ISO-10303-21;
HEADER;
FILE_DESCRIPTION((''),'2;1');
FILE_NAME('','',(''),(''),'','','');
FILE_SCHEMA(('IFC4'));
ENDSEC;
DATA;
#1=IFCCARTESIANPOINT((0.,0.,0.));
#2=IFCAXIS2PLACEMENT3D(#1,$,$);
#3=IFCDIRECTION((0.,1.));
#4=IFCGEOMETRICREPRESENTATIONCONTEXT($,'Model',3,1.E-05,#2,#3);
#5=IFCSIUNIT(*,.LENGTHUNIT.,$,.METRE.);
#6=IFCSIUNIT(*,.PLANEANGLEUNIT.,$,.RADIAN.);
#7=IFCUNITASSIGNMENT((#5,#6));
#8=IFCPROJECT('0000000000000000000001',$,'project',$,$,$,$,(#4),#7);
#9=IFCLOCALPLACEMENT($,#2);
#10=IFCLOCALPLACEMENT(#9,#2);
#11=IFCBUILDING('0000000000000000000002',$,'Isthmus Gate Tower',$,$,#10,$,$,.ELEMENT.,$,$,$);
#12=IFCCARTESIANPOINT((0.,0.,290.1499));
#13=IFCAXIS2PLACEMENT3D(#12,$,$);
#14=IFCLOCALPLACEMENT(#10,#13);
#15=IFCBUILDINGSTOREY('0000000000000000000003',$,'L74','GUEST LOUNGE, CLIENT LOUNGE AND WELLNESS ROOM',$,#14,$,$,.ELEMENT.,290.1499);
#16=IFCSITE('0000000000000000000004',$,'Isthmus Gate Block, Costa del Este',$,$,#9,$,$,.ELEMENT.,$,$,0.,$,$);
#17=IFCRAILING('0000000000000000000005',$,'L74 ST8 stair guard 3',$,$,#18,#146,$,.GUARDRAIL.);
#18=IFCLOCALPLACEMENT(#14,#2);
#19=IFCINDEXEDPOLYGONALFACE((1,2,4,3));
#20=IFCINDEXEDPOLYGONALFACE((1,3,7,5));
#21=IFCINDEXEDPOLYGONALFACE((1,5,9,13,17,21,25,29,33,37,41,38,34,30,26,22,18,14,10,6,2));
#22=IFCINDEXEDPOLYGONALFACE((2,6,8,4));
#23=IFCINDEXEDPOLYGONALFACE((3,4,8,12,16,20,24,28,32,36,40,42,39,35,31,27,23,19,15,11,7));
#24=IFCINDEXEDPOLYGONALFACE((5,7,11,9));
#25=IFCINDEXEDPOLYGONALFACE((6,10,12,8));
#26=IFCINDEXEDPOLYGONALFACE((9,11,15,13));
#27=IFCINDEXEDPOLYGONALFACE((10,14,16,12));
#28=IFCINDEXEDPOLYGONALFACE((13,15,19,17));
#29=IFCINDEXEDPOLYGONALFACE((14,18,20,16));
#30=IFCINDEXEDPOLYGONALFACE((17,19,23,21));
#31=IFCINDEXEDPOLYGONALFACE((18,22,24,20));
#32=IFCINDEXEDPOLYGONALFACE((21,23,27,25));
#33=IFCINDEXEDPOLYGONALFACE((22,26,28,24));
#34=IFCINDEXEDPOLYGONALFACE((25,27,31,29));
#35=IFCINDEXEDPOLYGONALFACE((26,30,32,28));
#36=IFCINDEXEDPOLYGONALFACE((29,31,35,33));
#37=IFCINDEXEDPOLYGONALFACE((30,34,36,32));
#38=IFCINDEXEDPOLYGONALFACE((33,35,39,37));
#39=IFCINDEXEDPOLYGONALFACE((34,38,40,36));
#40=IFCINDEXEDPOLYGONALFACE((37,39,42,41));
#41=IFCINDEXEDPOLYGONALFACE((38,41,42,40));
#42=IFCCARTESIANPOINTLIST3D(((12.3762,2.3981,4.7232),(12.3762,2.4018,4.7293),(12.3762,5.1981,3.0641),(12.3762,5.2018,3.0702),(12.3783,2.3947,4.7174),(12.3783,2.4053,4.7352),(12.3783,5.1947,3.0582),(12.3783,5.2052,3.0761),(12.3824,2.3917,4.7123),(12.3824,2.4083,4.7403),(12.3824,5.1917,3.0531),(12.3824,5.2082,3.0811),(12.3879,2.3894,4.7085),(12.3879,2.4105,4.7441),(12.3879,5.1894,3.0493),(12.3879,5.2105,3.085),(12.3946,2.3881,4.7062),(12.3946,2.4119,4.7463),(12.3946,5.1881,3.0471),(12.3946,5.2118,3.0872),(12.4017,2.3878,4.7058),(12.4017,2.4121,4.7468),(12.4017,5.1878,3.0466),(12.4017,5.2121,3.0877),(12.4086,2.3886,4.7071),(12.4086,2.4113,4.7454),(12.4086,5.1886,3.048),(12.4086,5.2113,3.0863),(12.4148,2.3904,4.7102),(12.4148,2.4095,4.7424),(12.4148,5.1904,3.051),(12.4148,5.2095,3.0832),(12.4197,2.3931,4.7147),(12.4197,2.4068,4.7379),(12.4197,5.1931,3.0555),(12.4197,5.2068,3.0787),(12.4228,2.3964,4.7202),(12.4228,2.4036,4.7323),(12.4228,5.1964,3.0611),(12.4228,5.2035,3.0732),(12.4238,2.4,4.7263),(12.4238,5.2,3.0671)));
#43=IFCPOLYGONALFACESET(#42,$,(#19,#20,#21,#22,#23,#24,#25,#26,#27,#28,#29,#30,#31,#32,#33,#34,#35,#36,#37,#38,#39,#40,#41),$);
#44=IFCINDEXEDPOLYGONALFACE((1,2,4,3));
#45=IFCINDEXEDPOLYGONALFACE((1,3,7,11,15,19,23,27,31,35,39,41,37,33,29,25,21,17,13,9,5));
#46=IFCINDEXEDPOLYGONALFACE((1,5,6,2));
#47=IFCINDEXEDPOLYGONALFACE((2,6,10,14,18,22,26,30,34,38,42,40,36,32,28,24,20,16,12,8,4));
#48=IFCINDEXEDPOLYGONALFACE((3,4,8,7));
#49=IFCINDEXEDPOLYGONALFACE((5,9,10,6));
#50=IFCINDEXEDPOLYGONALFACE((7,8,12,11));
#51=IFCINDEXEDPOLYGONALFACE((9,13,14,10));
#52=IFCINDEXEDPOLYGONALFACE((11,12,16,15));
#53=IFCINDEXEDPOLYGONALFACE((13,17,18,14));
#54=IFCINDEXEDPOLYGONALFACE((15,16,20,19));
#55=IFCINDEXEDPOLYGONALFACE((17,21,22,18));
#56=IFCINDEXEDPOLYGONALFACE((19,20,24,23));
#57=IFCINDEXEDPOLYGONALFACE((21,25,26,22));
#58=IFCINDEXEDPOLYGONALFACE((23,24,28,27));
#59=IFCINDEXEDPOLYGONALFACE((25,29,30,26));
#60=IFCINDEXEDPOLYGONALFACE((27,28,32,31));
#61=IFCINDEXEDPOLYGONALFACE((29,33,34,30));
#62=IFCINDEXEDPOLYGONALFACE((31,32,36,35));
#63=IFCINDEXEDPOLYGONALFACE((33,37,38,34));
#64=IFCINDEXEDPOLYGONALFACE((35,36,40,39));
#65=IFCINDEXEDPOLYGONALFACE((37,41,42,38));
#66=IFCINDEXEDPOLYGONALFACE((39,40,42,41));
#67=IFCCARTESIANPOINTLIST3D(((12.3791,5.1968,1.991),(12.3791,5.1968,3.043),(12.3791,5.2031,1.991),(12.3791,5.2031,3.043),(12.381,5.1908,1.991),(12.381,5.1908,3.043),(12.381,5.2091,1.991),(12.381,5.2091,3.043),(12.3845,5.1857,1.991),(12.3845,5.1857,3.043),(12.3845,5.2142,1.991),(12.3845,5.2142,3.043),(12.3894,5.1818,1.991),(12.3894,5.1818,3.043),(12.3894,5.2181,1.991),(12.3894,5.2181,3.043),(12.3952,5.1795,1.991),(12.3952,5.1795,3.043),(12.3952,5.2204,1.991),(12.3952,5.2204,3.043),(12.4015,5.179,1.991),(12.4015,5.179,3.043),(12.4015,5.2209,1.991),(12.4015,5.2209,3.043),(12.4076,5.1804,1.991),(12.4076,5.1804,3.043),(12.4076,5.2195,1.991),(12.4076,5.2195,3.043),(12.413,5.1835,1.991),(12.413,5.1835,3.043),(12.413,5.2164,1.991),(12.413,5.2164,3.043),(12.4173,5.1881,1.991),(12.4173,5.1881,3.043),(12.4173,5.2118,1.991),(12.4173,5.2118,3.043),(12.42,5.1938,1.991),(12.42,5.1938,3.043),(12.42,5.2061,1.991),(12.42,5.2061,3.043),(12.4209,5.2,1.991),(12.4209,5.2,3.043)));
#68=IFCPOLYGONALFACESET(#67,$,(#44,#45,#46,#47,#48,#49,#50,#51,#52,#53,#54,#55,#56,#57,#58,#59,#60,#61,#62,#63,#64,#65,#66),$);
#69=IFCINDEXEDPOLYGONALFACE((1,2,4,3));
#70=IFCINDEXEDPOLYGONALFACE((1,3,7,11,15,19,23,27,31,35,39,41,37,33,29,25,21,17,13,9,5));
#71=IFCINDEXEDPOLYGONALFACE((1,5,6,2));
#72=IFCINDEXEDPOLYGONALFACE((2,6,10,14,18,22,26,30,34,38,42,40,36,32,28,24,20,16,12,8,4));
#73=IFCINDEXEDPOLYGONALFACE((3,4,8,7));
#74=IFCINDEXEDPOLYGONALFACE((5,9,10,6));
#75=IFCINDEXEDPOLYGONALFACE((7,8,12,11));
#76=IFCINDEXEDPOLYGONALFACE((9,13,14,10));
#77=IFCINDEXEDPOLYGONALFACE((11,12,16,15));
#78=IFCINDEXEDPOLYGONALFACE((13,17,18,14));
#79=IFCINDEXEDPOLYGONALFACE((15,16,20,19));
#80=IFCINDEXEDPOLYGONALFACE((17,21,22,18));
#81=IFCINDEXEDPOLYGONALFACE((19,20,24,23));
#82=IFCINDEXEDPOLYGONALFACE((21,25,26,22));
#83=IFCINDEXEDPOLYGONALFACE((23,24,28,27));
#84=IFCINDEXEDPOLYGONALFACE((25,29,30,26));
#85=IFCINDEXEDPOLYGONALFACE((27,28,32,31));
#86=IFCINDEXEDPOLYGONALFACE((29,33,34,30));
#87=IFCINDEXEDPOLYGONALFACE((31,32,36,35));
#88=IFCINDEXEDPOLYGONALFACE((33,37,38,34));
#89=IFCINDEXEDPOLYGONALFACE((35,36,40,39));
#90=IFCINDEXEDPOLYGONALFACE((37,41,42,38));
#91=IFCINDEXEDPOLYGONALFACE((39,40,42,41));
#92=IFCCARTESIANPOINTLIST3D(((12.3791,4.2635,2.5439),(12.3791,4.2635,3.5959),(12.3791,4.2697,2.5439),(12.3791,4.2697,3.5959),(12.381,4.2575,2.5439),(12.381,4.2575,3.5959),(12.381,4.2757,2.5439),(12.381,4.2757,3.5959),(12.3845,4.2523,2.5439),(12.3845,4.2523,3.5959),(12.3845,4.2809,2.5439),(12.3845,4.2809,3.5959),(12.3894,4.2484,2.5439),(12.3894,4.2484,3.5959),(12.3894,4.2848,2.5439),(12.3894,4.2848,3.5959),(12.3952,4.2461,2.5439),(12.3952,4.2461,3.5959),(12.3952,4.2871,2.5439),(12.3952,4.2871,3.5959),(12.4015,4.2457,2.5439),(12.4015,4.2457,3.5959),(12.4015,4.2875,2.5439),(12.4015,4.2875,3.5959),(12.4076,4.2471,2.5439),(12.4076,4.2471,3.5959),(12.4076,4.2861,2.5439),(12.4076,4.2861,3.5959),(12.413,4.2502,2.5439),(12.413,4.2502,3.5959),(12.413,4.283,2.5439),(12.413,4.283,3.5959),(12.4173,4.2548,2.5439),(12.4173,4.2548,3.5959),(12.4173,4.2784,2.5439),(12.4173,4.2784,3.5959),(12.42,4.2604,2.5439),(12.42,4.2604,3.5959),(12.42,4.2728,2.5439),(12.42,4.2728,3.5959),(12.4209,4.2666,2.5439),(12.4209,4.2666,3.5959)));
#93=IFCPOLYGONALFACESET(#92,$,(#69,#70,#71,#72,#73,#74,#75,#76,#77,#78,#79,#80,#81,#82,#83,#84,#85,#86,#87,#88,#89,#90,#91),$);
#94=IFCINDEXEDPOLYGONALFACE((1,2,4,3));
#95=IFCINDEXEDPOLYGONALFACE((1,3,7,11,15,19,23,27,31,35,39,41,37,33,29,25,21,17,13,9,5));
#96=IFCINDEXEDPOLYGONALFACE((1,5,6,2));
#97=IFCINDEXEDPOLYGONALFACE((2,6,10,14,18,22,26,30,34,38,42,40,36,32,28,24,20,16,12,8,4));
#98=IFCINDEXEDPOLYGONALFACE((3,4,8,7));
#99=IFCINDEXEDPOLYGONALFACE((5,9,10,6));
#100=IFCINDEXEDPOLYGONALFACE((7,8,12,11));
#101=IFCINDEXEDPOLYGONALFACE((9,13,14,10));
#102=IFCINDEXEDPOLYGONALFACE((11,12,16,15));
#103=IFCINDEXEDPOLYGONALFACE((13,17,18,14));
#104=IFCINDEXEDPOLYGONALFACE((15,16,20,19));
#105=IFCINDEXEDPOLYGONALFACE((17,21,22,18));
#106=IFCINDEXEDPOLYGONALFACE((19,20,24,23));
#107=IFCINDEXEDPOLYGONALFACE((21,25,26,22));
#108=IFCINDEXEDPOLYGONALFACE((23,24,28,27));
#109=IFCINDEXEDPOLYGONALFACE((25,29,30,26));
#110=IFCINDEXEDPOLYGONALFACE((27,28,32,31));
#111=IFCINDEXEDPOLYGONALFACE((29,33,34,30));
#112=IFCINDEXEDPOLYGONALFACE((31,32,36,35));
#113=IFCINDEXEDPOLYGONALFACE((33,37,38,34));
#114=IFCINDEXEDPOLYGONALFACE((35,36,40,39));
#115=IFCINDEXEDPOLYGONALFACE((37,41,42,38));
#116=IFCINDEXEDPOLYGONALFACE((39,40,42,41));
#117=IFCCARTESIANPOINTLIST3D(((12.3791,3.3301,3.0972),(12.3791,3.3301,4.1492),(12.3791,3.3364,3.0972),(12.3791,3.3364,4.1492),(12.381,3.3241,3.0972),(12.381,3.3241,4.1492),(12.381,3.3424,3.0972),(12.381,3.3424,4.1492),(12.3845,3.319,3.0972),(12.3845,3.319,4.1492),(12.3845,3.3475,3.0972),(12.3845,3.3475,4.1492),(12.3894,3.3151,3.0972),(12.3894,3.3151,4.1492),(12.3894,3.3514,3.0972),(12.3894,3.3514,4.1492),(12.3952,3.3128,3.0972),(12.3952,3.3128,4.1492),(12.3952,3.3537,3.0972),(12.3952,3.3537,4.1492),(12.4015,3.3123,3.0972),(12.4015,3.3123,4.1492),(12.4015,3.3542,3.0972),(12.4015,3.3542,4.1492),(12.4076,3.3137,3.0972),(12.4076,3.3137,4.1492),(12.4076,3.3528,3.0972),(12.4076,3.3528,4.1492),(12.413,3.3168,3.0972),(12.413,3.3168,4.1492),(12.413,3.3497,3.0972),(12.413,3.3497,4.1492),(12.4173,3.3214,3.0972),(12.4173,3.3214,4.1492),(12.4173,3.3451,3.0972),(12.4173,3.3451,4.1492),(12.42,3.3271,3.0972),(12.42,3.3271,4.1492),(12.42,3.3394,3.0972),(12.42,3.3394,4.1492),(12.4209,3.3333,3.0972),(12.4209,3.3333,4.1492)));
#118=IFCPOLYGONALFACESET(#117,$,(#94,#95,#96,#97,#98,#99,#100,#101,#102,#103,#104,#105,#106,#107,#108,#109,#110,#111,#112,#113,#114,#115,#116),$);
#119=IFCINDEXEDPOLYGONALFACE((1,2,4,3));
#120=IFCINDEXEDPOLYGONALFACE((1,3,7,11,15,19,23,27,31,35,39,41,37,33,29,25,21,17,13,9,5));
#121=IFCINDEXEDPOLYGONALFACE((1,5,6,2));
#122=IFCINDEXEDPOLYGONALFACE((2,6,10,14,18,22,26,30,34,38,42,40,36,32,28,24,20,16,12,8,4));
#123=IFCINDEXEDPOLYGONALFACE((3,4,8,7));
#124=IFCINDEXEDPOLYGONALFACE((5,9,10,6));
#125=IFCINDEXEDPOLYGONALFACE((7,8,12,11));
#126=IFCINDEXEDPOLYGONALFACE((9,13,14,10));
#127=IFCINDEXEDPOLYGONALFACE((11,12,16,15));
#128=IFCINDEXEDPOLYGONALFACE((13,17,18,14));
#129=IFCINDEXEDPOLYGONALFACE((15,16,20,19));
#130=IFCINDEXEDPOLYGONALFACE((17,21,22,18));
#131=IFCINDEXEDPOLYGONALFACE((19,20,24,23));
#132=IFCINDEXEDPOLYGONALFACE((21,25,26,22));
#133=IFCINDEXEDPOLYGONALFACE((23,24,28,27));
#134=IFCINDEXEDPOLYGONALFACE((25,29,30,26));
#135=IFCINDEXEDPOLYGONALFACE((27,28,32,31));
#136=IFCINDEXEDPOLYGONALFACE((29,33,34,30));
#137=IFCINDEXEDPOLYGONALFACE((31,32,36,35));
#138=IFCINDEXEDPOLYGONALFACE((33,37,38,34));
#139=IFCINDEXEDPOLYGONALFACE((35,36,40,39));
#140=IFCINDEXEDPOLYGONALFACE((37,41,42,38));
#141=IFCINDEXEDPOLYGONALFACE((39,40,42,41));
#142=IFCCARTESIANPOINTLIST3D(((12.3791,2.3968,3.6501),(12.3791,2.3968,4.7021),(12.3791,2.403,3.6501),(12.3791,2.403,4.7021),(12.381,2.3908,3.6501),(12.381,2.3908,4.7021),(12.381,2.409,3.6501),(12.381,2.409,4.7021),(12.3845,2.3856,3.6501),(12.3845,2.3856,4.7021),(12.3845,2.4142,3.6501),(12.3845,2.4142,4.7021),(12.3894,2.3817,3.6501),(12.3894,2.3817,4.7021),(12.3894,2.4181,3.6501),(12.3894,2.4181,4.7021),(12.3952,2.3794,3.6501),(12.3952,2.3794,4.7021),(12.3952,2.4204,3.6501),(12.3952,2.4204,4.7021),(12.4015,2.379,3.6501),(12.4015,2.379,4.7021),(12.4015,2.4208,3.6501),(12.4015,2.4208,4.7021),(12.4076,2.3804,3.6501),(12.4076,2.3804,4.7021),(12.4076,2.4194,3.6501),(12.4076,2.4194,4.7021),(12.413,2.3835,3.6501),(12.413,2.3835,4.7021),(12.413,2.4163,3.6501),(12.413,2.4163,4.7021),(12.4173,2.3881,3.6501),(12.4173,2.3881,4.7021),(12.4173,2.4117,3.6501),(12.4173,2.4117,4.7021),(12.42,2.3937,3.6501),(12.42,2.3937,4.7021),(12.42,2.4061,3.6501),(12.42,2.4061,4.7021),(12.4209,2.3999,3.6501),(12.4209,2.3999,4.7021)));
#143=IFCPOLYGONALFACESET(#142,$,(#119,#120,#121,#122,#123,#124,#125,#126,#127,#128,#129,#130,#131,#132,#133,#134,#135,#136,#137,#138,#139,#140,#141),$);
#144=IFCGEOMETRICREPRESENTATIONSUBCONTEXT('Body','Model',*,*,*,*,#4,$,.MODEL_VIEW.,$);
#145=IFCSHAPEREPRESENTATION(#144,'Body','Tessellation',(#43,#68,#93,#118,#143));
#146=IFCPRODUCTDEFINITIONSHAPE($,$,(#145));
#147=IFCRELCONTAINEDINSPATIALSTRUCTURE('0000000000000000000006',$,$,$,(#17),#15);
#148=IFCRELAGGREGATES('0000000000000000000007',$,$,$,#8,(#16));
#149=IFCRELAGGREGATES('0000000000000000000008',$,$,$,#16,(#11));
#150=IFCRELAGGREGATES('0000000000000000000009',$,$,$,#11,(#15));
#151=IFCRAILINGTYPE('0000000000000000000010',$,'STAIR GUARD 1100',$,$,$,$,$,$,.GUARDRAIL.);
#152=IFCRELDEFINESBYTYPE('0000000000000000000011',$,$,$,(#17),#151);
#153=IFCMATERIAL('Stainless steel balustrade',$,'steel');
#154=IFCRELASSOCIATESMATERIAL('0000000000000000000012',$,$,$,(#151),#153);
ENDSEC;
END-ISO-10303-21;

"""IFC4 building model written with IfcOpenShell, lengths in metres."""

from ifc_helpers import new_model, si_unit, direction, frame, origin, origin_2d, place, context, subcontext, project, spatial, circle, extrude, material, type_object, element, save


model = new_model("IFC4")

# Units and contexts
model_context = context("Model", 3, precision=1e-05, world=origin(), true_north=direction((0.0, 1.0)))
body_context = subcontext(model_context, "Body", "Model", "MODEL_VIEW")
ifc_project = project(units=[si_unit("LENGTHUNIT", "METRE"), si_unit("PLANEANGLEUNIT", "RADIAN")], contexts=[model_context])

# Site, building, storey
site_placement = place(None, origin())
site = spatial("IfcSite", under=ifc_project, at=site_placement, Name="Isthmus Gate Block, Costa del Este", CompositionType="ELEMENT", RefElevation=0.0)
building_placement = place(site_placement, origin())
building = spatial("IfcBuilding", under=site, at=building_placement, Name="Isthmus Gate Tower", CompositionType="ELEMENT")
storey_placement = place(building_placement, frame((0.0, 0.0, 290.1499)))
storey = spatial("IfcBuildingStorey", under=building, at=storey_placement, Name="L74", Description="GUEST LOUNGE, CLIENT LOUNGE AND WELLNESS ROOM", CompositionType="ELEMENT", Elevation=290.1499)

# Railing
ifc_material_1 = material(Name="Stainless steel balustrade", Category="steel")
railing_type_1 = type_object("IfcRailingType", Name="STAIR GUARD 1100", PredefinedType="GUARDRAIL", material=ifc_material_1)
railing_1_placement = place(storey_placement, frame((12.3999, 5.2, 1.991)))
element("IfcRailing", 1, at=railing_1_placement, inside=storey, type_object=railing_type_1, Name="L74 ST8 stair guard 3", PredefinedType="GUARDRAIL", context=body_context, shape_type="SweptSolid", body=[
    extrude(circle(Radius=0.0239, at=origin_2d()), frame((0.0, 0.0, 1.0762), z_axis=(0.0, -0.860306, 0.509778), x_axis=(1.0, 0.0, 0.0)), (0.0, 0.0, 1.0), 3.2546),
    extrude(circle(Radius=0.021, at=origin_2d()), origin(), (0.0, 0.0, 1.0), 1.052),
    extrude(circle(Radius=0.021, at=origin_2d()), frame((0.0, -0.9333, 0.553)), (0.0, 0.0, 1.0), 1.052),
    extrude(circle(Radius=0.021, at=origin_2d()), frame((0.0, -1.8667, 1.1062)), (0.0, 0.0, 1.0), 1.052),
    extrude(circle(Radius=0.021, at=origin_2d()), frame((0.0, -2.8, 1.6592)), (0.0, 0.0, 1.0), 1.052),
])

save(model, "model.ifc")
